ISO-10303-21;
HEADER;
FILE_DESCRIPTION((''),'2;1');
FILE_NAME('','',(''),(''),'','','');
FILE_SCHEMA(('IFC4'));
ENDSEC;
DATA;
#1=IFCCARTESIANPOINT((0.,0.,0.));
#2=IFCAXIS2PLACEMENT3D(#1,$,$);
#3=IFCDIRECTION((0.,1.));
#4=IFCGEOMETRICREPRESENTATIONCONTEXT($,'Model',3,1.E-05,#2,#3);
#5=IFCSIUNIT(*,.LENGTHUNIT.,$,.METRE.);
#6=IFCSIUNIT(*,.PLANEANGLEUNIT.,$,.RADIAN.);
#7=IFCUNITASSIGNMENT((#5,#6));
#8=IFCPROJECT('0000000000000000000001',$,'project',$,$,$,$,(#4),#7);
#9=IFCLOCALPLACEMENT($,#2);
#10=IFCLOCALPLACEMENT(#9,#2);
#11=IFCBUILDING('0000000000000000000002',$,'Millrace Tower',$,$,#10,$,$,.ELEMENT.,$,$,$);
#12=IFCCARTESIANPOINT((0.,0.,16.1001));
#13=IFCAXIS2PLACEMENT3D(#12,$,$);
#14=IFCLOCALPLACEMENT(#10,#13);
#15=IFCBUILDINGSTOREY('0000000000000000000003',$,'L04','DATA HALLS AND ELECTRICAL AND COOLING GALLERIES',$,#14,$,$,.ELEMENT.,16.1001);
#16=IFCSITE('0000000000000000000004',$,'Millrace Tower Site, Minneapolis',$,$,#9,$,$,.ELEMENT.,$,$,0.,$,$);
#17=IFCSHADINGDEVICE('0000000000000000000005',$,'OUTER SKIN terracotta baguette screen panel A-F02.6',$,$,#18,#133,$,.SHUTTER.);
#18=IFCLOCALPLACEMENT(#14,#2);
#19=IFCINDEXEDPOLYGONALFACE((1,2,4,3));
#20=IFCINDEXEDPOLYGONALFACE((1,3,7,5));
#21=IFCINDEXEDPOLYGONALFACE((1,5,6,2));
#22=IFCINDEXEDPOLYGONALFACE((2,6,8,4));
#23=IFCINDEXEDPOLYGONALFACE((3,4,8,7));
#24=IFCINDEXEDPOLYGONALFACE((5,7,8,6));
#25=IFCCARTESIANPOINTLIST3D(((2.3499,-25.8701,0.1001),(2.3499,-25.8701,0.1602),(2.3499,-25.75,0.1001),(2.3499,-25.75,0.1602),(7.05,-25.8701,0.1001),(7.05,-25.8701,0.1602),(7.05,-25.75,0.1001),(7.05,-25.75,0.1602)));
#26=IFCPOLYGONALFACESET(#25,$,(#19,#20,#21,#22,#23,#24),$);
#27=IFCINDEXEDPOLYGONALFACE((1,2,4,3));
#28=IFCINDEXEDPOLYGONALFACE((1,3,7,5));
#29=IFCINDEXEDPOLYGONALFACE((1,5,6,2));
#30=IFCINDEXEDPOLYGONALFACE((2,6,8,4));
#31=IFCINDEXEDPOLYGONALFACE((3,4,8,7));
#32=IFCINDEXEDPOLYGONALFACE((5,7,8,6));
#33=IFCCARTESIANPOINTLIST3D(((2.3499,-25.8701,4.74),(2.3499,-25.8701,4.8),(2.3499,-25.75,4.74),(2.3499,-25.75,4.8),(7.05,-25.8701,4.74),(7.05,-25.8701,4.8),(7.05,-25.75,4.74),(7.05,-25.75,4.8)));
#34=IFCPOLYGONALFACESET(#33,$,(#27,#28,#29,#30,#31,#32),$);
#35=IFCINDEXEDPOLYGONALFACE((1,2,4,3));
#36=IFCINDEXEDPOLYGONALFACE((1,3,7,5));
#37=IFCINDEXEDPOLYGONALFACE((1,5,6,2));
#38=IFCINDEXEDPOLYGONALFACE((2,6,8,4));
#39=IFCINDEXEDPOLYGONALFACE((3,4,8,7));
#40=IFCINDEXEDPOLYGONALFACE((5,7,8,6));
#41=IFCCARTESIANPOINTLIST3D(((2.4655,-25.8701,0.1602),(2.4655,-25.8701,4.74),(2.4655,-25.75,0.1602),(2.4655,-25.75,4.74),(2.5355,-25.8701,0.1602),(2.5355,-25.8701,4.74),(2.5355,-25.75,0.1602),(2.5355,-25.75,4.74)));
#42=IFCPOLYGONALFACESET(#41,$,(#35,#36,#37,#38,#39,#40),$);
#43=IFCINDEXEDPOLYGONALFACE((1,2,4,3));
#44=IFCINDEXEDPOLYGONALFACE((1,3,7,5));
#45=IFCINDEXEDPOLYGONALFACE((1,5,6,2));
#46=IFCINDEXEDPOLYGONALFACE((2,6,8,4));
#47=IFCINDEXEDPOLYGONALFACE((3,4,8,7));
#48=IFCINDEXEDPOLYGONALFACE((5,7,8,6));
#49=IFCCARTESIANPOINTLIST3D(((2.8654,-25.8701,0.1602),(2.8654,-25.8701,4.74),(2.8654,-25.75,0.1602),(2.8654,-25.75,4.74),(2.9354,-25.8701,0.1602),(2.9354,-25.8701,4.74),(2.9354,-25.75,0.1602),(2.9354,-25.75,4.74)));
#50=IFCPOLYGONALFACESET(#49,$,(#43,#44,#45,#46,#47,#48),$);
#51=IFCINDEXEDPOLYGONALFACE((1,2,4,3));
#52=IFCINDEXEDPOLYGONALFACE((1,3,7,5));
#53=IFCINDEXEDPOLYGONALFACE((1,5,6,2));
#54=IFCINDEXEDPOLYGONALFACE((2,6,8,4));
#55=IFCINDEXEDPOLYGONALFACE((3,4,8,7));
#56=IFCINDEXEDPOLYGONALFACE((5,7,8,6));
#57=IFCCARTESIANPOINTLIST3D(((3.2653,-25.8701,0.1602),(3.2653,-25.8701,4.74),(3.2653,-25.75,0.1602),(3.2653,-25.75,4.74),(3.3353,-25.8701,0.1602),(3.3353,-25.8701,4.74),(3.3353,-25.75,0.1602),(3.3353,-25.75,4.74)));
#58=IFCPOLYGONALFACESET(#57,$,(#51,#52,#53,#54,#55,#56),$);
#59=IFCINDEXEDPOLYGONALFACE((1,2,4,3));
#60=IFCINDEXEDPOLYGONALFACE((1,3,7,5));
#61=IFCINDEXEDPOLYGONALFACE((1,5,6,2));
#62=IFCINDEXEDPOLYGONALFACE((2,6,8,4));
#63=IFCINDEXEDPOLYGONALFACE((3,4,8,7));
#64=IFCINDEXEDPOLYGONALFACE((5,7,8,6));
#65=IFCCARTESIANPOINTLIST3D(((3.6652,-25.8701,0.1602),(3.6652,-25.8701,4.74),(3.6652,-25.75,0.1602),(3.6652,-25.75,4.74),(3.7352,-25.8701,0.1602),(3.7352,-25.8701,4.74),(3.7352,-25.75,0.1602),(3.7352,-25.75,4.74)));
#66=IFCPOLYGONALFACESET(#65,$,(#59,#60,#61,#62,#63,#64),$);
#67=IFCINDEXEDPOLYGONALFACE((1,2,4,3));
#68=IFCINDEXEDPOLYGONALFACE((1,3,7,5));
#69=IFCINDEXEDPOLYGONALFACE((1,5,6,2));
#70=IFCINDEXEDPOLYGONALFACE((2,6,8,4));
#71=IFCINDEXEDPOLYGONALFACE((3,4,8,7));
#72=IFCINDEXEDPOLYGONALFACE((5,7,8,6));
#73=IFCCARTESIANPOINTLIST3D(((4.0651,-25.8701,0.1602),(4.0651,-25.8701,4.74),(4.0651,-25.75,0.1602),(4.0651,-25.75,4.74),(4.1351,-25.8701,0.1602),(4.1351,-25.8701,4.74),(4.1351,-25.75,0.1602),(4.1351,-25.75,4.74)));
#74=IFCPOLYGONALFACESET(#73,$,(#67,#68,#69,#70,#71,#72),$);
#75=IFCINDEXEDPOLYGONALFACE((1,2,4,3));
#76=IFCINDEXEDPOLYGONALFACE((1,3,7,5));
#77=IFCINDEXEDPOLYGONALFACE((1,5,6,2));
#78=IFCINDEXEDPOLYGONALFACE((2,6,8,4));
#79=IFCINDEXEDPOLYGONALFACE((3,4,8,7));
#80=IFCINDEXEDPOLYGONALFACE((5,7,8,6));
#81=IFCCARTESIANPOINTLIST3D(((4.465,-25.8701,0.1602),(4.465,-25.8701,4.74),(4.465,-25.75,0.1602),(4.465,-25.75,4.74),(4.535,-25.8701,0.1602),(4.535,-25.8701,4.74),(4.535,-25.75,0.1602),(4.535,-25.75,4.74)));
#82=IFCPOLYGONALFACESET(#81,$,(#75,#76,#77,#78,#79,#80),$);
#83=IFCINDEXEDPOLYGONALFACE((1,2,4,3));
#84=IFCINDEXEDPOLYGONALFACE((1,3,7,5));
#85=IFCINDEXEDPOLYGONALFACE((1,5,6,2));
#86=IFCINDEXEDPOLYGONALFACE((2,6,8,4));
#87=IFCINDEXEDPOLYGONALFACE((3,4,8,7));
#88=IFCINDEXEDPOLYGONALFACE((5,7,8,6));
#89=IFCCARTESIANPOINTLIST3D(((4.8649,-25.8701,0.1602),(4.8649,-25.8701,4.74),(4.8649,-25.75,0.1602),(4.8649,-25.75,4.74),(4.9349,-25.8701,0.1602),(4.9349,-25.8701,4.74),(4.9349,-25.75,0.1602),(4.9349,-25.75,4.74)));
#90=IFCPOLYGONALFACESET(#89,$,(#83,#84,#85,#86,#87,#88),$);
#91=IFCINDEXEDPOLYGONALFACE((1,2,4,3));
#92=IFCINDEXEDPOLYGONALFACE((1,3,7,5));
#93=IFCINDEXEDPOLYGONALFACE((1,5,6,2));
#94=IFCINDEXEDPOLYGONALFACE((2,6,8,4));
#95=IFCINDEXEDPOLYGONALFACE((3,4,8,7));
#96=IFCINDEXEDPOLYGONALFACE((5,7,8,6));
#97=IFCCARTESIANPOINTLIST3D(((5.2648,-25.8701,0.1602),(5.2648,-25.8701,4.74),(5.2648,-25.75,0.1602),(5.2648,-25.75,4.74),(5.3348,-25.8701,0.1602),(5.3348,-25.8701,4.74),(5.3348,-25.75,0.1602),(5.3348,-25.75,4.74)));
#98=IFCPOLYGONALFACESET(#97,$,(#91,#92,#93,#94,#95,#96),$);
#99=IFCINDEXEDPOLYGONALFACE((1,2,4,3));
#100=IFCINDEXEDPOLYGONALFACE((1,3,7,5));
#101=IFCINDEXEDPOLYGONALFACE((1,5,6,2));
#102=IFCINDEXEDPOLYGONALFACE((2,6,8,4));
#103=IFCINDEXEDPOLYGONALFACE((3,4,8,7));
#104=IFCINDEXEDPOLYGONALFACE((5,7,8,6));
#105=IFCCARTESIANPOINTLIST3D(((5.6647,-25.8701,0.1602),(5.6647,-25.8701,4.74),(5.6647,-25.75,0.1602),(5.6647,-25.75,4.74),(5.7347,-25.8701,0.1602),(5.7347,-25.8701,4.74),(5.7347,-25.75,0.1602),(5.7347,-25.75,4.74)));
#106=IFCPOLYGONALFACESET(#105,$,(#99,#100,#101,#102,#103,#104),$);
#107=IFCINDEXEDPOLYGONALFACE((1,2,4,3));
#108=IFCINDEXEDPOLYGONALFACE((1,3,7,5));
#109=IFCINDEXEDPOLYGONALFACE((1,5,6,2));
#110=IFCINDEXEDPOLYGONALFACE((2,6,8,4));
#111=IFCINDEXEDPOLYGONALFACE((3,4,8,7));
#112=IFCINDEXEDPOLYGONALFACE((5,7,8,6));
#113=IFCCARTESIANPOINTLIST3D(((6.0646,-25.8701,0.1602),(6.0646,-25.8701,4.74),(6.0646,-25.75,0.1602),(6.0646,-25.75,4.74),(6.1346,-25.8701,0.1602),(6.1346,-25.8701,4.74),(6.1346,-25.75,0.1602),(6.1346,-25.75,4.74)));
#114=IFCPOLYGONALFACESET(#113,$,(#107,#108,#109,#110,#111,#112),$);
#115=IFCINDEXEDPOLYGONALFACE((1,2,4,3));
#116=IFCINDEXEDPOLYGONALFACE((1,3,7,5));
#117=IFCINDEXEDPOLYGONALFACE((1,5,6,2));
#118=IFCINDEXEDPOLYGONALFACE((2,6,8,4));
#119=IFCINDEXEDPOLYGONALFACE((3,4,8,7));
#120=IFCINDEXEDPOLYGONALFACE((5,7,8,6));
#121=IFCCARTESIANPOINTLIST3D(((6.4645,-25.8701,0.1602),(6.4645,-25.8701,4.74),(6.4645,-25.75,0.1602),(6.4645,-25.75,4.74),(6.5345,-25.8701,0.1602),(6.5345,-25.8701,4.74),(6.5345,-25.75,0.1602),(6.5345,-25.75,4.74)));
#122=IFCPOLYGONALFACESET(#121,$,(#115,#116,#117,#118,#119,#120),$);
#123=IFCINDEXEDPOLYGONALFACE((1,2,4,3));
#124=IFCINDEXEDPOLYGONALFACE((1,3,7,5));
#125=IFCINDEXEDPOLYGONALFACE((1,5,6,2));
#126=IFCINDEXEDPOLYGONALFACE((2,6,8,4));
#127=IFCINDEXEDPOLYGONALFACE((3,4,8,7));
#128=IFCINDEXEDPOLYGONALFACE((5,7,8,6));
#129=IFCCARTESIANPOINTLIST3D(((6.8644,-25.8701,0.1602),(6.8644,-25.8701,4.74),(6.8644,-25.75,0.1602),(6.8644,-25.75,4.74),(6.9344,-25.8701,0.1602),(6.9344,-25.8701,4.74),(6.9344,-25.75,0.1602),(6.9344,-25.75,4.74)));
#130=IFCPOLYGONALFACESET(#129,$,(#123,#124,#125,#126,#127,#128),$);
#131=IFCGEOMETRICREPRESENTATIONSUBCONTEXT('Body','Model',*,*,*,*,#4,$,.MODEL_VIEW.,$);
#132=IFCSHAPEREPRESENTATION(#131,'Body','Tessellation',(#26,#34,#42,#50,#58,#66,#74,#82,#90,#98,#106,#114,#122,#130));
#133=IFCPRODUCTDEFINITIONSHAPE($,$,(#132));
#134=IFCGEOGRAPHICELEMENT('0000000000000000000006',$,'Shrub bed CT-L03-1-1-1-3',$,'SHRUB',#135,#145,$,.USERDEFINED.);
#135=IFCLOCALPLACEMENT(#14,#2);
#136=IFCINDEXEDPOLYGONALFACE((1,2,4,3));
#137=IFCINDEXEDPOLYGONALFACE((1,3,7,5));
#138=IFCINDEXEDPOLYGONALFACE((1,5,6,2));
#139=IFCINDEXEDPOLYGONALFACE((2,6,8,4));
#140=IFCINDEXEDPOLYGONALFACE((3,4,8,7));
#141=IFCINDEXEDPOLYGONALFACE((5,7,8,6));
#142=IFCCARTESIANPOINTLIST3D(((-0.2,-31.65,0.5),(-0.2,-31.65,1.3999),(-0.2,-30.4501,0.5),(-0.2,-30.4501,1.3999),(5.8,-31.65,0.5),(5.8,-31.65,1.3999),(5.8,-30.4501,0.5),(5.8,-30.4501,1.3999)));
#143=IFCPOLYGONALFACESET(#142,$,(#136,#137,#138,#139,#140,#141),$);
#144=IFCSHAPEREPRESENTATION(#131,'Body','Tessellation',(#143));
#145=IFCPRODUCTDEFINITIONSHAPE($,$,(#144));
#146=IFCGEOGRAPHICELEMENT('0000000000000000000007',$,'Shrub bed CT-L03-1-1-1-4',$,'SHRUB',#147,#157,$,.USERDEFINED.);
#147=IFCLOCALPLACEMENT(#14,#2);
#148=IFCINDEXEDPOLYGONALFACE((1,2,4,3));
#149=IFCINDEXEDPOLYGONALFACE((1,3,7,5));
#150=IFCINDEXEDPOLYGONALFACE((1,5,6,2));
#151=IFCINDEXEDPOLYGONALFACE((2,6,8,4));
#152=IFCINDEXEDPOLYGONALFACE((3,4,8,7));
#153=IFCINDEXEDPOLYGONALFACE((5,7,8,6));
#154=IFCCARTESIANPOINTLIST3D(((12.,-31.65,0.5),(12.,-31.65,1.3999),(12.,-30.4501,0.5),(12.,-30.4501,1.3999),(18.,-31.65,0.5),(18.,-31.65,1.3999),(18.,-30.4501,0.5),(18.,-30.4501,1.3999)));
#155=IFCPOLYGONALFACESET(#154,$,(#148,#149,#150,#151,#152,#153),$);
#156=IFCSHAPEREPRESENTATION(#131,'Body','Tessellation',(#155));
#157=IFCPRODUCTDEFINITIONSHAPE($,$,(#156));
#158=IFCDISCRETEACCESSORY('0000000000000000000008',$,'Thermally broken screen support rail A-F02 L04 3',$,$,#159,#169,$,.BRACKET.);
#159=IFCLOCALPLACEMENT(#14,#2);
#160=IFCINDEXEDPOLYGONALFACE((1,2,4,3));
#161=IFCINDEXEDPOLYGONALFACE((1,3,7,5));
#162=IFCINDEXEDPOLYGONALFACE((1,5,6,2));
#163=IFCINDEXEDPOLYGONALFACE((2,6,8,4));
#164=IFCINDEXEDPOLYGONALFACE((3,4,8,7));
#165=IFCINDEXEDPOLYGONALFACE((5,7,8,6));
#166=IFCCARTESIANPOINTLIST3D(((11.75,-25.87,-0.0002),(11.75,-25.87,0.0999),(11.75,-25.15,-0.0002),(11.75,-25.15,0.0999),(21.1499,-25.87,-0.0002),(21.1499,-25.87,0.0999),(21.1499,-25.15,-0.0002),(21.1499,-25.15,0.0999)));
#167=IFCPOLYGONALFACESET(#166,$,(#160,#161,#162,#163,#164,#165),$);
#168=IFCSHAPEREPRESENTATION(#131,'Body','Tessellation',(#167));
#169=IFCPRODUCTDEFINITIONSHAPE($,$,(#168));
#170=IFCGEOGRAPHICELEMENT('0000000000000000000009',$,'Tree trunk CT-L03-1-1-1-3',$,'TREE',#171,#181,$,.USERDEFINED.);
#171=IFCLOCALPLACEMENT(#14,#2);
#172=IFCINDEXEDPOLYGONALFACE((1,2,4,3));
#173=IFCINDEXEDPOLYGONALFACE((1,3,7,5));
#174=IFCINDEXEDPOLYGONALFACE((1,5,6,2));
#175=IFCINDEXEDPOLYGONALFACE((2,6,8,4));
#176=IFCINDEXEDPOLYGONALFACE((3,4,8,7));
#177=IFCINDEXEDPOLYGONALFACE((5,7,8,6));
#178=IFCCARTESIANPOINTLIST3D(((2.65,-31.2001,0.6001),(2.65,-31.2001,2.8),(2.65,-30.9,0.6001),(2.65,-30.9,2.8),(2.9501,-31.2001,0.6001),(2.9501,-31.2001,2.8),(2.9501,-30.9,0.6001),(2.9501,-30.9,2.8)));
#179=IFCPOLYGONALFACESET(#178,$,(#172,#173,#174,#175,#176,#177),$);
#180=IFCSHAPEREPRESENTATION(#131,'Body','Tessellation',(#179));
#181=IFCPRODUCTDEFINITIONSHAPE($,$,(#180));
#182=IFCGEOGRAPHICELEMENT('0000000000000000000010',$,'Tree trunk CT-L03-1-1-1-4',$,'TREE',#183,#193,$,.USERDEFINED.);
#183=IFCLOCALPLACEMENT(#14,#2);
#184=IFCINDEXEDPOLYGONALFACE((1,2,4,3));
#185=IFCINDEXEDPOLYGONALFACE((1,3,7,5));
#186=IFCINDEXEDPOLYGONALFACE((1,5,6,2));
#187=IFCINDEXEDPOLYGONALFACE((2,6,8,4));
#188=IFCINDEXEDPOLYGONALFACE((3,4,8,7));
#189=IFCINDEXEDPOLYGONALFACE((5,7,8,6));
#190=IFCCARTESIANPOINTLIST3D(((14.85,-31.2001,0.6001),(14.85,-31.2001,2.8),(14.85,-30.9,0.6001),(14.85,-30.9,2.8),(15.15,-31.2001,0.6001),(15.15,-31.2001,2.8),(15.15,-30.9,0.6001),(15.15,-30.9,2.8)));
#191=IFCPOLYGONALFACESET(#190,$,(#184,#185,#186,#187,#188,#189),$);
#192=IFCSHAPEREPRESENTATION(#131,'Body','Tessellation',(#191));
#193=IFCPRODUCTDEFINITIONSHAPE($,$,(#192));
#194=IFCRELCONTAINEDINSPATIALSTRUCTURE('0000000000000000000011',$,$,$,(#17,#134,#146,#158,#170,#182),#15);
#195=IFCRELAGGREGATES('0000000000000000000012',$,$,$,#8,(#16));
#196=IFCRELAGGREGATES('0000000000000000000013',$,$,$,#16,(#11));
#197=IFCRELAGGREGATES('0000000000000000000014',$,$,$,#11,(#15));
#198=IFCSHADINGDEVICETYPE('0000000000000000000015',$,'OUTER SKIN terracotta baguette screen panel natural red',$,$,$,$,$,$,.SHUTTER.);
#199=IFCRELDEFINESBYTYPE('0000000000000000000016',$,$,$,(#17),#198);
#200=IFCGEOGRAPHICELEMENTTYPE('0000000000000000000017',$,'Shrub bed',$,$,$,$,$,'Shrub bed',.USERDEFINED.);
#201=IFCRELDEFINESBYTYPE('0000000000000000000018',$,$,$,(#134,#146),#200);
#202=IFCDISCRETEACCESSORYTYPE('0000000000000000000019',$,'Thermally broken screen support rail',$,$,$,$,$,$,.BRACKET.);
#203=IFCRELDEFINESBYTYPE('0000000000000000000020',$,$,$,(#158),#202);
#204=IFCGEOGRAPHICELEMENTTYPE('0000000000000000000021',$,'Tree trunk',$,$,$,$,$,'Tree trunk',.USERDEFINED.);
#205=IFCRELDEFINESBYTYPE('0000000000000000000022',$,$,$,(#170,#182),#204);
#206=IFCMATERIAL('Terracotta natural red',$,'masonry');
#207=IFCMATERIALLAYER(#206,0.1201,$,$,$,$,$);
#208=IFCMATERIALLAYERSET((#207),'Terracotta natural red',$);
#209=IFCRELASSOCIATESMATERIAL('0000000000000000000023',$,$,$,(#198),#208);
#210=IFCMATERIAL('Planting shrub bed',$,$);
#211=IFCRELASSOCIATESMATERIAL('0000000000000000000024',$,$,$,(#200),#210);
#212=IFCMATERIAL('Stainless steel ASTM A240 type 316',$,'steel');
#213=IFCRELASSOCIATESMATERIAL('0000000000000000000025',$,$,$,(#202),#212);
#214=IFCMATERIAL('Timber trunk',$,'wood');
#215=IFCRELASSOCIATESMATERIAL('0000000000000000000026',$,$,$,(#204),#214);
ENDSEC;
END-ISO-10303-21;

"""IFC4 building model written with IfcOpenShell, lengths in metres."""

from ifc_helpers import new_model, entity, si_unit, direction, frame, frame_2d, origin, origin_2d, place, context, subcontext, project, spatial, rectangle, extrude, source, transform, mapped, material, layer, layer_set, type_object, element, save


model = new_model("IFC4")

# Units and contexts
model_context = context("Model", 3, precision=1e-05, world=origin(), true_north=direction((0.0, 1.0)))
body_context = subcontext(model_context, "Body", "Model", "MODEL_VIEW")
ifc_project = project(units=[si_unit("LENGTHUNIT", "METRE"), si_unit("PLANEANGLEUNIT", "RADIAN")], contexts=[model_context])

# Site, building, storey
site_placement = place(None, origin())
site = spatial("IfcSite", under=ifc_project, at=site_placement, Name="Millrace Tower Site, Minneapolis", CompositionType="ELEMENT", RefElevation=0.0)
building_placement = place(site_placement, origin())
building = spatial("IfcBuilding", under=site, at=building_placement, Name="Millrace Tower", CompositionType="ELEMENT")
storey_placement = place(building_placement, frame((0.0, 0.0, 16.1001)))
storey = spatial("IfcBuildingStorey", under=building, at=storey_placement, Name="L04", Description="DATA HALLS AND ELECTRICAL AND COOLING GALLERIES", CompositionType="ELEMENT", Elevation=16.1001)

# Shading device
cartesian_point = entity("IfcCartesianPoint", [-2.3501, 0.0601])
shared_polyline = entity("IfcPolyline", [cartesian_point, entity("IfcCartesianPoint", [2.3501, 0.0601]), entity("IfcCartesianPoint", [2.3501, -0.0601]), entity("IfcCartesianPoint", [-2.3501, -0.0601]), cartesian_point])
ifc_material_1 = material(Name="Terracotta natural red", Category="masonry")
ifc_layer_1 = layer(ifc_material_1, 0.1201)
ifc_layer_set_1 = layer_set([ifc_layer_1], Name="Terracotta natural red")
shading_device_type_1 = type_object("IfcShadingDeviceType", Name="OUTER SKIN terracotta baguette screen panel natural red", PredefinedType="SHUTTER", material=ifc_layer_set_1)
shared_shape_1 = source(origin(), body_context, "Body", "SweptSolid", [
    entity("IfcExtrudedAreaSolid", entity("IfcArbitraryClosedProfileDef", "AREA", None, shared_polyline), entity("IfcAxis2Placement3D", entity("IfcCartesianPoint", [0.0, 0.0, 0.0])), entity("IfcDirection", [0.0, 0.0, 1.0]), 0.0601),
    entity("IfcExtrudedAreaSolid", entity("IfcArbitraryClosedProfileDef", "AREA", None, shared_polyline), entity("IfcAxis2Placement3D", entity("IfcCartesianPoint", [0.0, 0.0, 4.6399])), entity("IfcDirection", [0.0, 0.0, 1.0]), 0.0601),
    extrude(rectangle(XDim=0.0701, YDim=0.1201, at=frame_2d((-2.1995, 0.0))), frame((0.0, 0.0, 0.0601)), (0.0, 0.0, 1.0), 4.5798),
    extrude(rectangle(XDim=0.0701, YDim=0.1201, at=frame_2d((-1.7996, 0.0))), frame((0.0, 0.0, 0.0601)), (0.0, 0.0, 1.0), 4.5798),
    extrude(rectangle(XDim=0.0701, YDim=0.1201, at=frame_2d((-1.3997, 0.0))), frame((0.0, 0.0, 0.0601)), (0.0, 0.0, 1.0), 4.5798),
    extrude(rectangle(XDim=0.0701, YDim=0.1201, at=frame_2d((-0.9998, 0.0))), frame((0.0, 0.0, 0.0601)), (0.0, 0.0, 1.0), 4.5798),
    extrude(rectangle(XDim=0.0701, YDim=0.1201, at=frame_2d((-0.5999, 0.0))), frame((0.0, 0.0, 0.0601)), (0.0, 0.0, 1.0), 4.5798),
    extrude(rectangle(XDim=0.0701, YDim=0.1201, at=frame_2d((-0.2, 0.0))), frame((0.0, 0.0, 0.0601)), (0.0, 0.0, 1.0), 4.5798),
    extrude(rectangle(XDim=0.0701, YDim=0.1201, at=frame_2d((0.2, 0.0))), frame((0.0, 0.0, 0.0601)), (0.0, 0.0, 1.0), 4.5798),
    extrude(rectangle(XDim=0.0701, YDim=0.1201, at=frame_2d((0.5999, 0.0))), frame((0.0, 0.0, 0.0601)), (0.0, 0.0, 1.0), 4.5798),
    extrude(rectangle(XDim=0.0701, YDim=0.1201, at=frame_2d((0.9998, 0.0))), frame((0.0, 0.0, 0.0601)), (0.0, 0.0, 1.0), 4.5798),
    extrude(rectangle(XDim=0.0701, YDim=0.1201, at=frame_2d((1.3997, 0.0))), frame((0.0, 0.0, 0.0601)), (0.0, 0.0, 1.0), 4.5798),
    extrude(rectangle(XDim=0.0701, YDim=0.1201, at=frame_2d((1.7996, 0.0))), frame((0.0, 0.0, 0.0601)), (0.0, 0.0, 1.0), 4.5798),
    extrude(rectangle(XDim=0.0701, YDim=0.1201, at=frame_2d((2.1995, 0.0))), frame((0.0, 0.0, 0.0601)), (0.0, 0.0, 1.0), 4.5798),
])
shading_device_1_placement = place(storey_placement, frame((4.7, -25.8101, 0.1001), z_axis=(0.0, 0.0, 1.0), x_axis=(1.0, 0.0, 0.0)))
element("IfcShadingDevice", 1, at=shading_device_1_placement, inside=storey, type_object=shading_device_type_1, Name="OUTER SKIN terracotta baguette screen panel A-F02.6", PredefinedType="SHUTTER", context=body_context, shape_type="MappedRepresentation", body=[
    mapped(shared_shape_1, transform((0.0, 0.0, 0.0), scale=1.0)),
])

# Geographic elements
ifc_material_2 = material(Name="Planting shrub bed")
geographic_element_type_1 = type_object("IfcGeographicElementType", Name="Shrub bed", ElementType="Shrub bed", PredefinedType="USERDEFINED", material=ifc_material_2)
for number, where, z_axis, x_axis, name in (
    (2, (2.8, -31.05, 0.5), (0.0, 0.0, 1.0), (1.0, 0.0, 0.0), "Shrub bed CT-L03-1-1-1-3"),
    (3, (15.0, -31.05, 0.5), (0.0, 0.0, 1.0), (1.0, 0.0, 0.0), "Shrub bed CT-L03-1-1-1-4"),
):
    element("IfcGeographicElement", number, at=place(storey_placement, frame(where, z_axis=z_axis, x_axis=x_axis)), inside=storey, type_object=geographic_element_type_1, Name=name, ObjectType="SHRUB", PredefinedType="USERDEFINED", context=body_context, shape_type="SweptSolid", body=[
        extrude(rectangle(XDim=6.0, YDim=1.2, at=origin_2d()), origin(), (0.0, 0.0, 1.0), 0.8999),
    ])

# Discrete accessory
ifc_material_3 = material(Name="Stainless steel ASTM A240 type 316", Category="steel")
discrete_accessory_type = type_object("IfcDiscreteAccessoryType", Name="Thermally broken screen support rail", PredefinedType="BRACKET", material=ifc_material_3)
discrete_accessory_placement = place(storey_placement, frame((16.45, -25.51, -0.0002), z_axis=(0.0, 0.0, 1.0), x_axis=(1.0, 0.0, 0.0)))
element("IfcDiscreteAccessory", 4, at=discrete_accessory_placement, inside=storey, type_object=discrete_accessory_type, Name="Thermally broken screen support rail A-F02 L04 3", PredefinedType="BRACKET", context=body_context, shape_type="SweptSolid", body=[
    extrude(rectangle(XDim=9.3999, YDim=0.72, at=origin_2d()), origin(), (0.0, 0.0, 1.0), 0.1001),
])

# Geographic elements
ifc_material_4 = material(Name="Timber trunk", Category="wood")
geographic_element_type_2 = type_object("IfcGeographicElementType", Name="Tree trunk", ElementType="Tree trunk", PredefinedType="USERDEFINED", material=ifc_material_4)
for number, where, z_axis, x_axis, name in (
    (5, (2.8, -31.05, 0.6001), (0.0, 0.0, 1.0), (1.0, 0.0, 0.0), "Tree trunk CT-L03-1-1-1-3"),
    (6, (15.0, -31.05, 0.6001), (0.0, 0.0, 1.0), (1.0, 0.0, 0.0), "Tree trunk CT-L03-1-1-1-4"),
):
    element("IfcGeographicElement", number, at=place(storey_placement, frame(where, z_axis=z_axis, x_axis=x_axis)), inside=storey, type_object=geographic_element_type_2, Name=name, ObjectType="TREE", PredefinedType="USERDEFINED", context=body_context, shape_type="SweptSolid", body=[
        extrude(rectangle(XDim=0.3, YDim=0.3, at=origin_2d()), origin(), (0.0, 0.0, 1.0), 2.2),
    ])

save(model, "model.ifc")
